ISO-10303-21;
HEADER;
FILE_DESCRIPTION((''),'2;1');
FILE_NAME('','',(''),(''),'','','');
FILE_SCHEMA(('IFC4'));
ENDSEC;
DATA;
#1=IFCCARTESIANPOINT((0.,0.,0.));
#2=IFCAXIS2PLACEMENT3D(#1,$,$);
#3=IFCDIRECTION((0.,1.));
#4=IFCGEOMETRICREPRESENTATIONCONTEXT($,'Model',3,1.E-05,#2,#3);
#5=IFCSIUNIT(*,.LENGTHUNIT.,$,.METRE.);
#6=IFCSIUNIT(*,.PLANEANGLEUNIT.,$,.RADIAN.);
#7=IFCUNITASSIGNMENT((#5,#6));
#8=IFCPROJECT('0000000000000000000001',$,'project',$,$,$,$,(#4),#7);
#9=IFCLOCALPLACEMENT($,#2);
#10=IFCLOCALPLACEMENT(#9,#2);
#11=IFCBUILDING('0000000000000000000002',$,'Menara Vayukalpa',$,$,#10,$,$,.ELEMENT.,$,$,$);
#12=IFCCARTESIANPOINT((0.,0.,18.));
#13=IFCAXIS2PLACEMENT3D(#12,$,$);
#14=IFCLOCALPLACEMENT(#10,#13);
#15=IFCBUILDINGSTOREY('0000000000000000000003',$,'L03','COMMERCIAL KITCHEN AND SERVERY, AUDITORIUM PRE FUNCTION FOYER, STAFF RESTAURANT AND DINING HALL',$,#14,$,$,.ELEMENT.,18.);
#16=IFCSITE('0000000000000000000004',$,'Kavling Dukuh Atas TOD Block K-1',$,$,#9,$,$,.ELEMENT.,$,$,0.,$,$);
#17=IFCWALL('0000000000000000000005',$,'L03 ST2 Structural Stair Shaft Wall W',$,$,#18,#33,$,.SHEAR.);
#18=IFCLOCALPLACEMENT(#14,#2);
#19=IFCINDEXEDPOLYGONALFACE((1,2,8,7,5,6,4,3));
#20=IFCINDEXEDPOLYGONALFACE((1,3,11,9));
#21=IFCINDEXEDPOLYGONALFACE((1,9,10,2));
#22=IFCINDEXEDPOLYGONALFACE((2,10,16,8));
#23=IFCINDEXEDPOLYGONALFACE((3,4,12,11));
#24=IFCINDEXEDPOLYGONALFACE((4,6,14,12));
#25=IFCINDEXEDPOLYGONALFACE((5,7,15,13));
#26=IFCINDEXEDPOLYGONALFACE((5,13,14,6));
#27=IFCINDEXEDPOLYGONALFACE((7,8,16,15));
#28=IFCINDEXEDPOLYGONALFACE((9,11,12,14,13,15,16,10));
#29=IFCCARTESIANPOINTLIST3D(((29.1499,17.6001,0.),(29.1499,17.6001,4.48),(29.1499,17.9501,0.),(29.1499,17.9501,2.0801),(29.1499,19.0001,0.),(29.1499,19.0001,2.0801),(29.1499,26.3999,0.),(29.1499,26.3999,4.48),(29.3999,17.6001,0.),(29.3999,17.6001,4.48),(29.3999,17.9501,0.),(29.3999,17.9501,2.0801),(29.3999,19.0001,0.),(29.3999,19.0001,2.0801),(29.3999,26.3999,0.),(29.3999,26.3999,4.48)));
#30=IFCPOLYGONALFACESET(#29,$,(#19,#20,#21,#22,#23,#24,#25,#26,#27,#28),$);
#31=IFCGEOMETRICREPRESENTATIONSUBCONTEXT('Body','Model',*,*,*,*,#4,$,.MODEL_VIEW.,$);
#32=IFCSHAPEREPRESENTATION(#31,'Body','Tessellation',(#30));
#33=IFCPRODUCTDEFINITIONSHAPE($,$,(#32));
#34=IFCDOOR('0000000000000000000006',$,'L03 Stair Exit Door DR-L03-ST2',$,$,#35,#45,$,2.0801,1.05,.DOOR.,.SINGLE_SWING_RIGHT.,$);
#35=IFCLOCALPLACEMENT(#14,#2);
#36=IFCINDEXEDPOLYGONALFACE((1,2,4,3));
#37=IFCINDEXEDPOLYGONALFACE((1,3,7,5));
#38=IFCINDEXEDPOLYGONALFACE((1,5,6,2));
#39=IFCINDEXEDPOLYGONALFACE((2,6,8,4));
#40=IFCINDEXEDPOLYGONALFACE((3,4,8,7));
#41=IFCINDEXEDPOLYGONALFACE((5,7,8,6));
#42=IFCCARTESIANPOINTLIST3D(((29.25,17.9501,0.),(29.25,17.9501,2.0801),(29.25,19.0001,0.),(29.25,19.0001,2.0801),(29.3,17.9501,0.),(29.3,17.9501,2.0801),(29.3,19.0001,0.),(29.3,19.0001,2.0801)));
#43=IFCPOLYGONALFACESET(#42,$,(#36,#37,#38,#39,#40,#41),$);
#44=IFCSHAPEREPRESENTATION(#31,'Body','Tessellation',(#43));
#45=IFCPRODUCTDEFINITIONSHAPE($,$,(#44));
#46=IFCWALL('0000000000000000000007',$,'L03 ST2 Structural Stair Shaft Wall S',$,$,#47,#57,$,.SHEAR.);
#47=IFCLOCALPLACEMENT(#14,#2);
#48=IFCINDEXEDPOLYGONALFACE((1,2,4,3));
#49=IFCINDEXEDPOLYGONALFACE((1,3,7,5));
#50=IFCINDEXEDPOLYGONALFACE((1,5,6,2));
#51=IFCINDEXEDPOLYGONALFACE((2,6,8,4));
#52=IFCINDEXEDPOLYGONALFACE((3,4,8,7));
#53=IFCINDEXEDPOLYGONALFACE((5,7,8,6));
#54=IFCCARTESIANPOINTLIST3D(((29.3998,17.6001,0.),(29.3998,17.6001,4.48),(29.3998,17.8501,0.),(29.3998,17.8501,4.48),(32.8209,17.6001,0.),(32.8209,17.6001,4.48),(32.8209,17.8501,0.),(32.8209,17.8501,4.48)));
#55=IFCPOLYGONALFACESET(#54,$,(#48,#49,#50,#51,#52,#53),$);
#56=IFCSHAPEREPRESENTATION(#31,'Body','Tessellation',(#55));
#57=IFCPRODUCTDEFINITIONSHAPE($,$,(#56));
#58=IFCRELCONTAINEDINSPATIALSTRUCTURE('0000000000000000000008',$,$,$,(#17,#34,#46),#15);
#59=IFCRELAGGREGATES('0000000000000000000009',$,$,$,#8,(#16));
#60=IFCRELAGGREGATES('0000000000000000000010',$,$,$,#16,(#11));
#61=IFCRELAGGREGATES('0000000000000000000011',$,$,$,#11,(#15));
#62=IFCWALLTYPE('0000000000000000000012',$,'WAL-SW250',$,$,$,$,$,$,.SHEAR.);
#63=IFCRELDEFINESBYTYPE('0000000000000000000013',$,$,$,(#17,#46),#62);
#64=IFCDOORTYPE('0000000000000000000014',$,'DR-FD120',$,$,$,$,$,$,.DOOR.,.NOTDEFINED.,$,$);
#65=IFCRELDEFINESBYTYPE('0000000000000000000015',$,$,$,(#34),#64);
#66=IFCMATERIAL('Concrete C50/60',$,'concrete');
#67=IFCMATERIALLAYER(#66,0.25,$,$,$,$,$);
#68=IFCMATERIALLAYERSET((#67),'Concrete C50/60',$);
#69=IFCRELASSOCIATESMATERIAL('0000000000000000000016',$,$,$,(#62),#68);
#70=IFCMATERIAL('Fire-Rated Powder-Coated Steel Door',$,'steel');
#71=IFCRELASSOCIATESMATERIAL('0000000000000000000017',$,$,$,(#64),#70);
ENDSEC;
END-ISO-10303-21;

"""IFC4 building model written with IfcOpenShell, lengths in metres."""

from ifc_helpers import new_model, si_unit, direction, frame, frame_2d, origin, place, context, subcontext, project, spatial, rectangle, extrude, material, layer, layer_set, type_object, element, fill, save


model = new_model("IFC4")

# Units and contexts
model_context = context("Model", 3, precision=1e-05, world=origin(), true_north=direction((0.0, 1.0)))
body_context = subcontext(model_context, "Body", "Model", "MODEL_VIEW")
ifc_project = project(units=[si_unit("LENGTHUNIT", "METRE"), si_unit("PLANEANGLEUNIT", "RADIAN")], contexts=[model_context])

# Site, building, storey
site_placement = place(None, origin())
site = spatial("IfcSite", under=ifc_project, at=site_placement, Name="Kavling Dukuh Atas TOD Block K-1", CompositionType="ELEMENT", RefElevation=0.0)
building_placement = place(site_placement, origin())
building = spatial("IfcBuilding", under=site, at=building_placement, Name="Menara Vayukalpa", CompositionType="ELEMENT")
storey_placement = place(building_placement, frame((0.0, 0.0, 18.0)))
storey = spatial("IfcBuildingStorey", under=building, at=storey_placement, Name="L03", Description="COMMERCIAL KITCHEN AND SERVERY, AUDITORIUM PRE FUNCTION FOYER, STAFF RESTAURANT AND DINING HALL", CompositionType="ELEMENT", Elevation=18.0)

# Wall, opening, door
ifc_material_1 = material(Name="Concrete C50/60", Category="concrete")
ifc_layer_1 = layer(ifc_material_1, 0.25)
ifc_layer_set_1 = layer_set([ifc_layer_1], Name="Concrete C50/60")
wall_type_1 = type_object("IfcWallType", Name="WAL-SW250", PredefinedType="SHEAR", material=ifc_layer_set_1)
wall_1_placement = place(storey_placement, frame((29.2749, 17.6001, 0.0), z_axis=(0.0, 0.0, 1.0), x_axis=(0.0, 1.0, 0.0)))
wall_1 = element("IfcWall", 1, at=wall_1_placement, inside=storey, type_object=wall_type_1, Name="L03 ST2 Structural Stair Shaft Wall W", PredefinedType="SHEAR", context=body_context, shape_type="SweptSolid", body=[
    extrude(rectangle(XDim=8.7998, YDim=0.25, at=frame_2d((4.3999, 0.0))), origin(), (0.0, 0.0, 1.0), 4.48),
])
opening_1_placement = place(wall_1_placement, frame((0.3501, 0.0, 0.0)))
opening_1 = element("IfcOpeningElement", 2, at=opening_1_placement, cuts=wall_1, PredefinedType="OPENING", context=body_context, shape_type="SweptSolid", body=[
    extrude(rectangle(XDim=1.05, YDim=2.0801, at=frame_2d((0.5249, 1.04))), frame((0.0, 0.135, 0.0), z_axis=(0.0, -1.0, 0.0), x_axis=(1.0, 0.0, 0.0)), (0.0, 0.0, 1.0), 0.27),
])
ifc_material_2 = material(Name="Fire-Rated Powder-Coated Steel Door", Category="steel")
door_type_1 = type_object("IfcDoorType", Name="DR-FD120", OperationType="NOTDEFINED", PredefinedType="DOOR", material=ifc_material_2)
door_1_placement = place(opening_1_placement, origin())
door_1 = element("IfcDoor", 3, at=door_1_placement, inside=storey, type_object=door_type_1, Name="L03 Stair Exit Door DR-L03-ST2", OperationType="SINGLE_SWING_RIGHT", OverallHeight=2.0801, OverallWidth=1.05, PredefinedType="DOOR", context=body_context, shape_type="SweptSolid", body=[
    extrude(rectangle(XDim=1.05, YDim=2.0801, at=frame_2d((0.5249, 1.04))), frame((0.0, 0.0249, 0.0), z_axis=(0.0, -1.0, 0.0), x_axis=(1.0, 0.0, 0.0)), (0.0, 0.0, 1.0), 0.05),
])
fill(opening_1, door_1)

# Wall
wall_2_placement = place(storey_placement, frame((29.3999, 17.7251, 0.0), z_axis=(0.0, 0.0, 1.0), x_axis=(1.0, 0.0, 0.0)))
element("IfcWall", 4, at=wall_2_placement, inside=storey, type_object=wall_type_1, Name="L03 ST2 Structural Stair Shaft Wall S", PredefinedType="SHEAR", context=body_context, shape_type="SweptSolid", body=[
    extrude(rectangle(XDim=3.4211, YDim=0.25, at=frame_2d((1.7104, 0.0))), origin(), (0.0, 0.0, 1.0), 4.48),
])

save(model, "model.ifc")
